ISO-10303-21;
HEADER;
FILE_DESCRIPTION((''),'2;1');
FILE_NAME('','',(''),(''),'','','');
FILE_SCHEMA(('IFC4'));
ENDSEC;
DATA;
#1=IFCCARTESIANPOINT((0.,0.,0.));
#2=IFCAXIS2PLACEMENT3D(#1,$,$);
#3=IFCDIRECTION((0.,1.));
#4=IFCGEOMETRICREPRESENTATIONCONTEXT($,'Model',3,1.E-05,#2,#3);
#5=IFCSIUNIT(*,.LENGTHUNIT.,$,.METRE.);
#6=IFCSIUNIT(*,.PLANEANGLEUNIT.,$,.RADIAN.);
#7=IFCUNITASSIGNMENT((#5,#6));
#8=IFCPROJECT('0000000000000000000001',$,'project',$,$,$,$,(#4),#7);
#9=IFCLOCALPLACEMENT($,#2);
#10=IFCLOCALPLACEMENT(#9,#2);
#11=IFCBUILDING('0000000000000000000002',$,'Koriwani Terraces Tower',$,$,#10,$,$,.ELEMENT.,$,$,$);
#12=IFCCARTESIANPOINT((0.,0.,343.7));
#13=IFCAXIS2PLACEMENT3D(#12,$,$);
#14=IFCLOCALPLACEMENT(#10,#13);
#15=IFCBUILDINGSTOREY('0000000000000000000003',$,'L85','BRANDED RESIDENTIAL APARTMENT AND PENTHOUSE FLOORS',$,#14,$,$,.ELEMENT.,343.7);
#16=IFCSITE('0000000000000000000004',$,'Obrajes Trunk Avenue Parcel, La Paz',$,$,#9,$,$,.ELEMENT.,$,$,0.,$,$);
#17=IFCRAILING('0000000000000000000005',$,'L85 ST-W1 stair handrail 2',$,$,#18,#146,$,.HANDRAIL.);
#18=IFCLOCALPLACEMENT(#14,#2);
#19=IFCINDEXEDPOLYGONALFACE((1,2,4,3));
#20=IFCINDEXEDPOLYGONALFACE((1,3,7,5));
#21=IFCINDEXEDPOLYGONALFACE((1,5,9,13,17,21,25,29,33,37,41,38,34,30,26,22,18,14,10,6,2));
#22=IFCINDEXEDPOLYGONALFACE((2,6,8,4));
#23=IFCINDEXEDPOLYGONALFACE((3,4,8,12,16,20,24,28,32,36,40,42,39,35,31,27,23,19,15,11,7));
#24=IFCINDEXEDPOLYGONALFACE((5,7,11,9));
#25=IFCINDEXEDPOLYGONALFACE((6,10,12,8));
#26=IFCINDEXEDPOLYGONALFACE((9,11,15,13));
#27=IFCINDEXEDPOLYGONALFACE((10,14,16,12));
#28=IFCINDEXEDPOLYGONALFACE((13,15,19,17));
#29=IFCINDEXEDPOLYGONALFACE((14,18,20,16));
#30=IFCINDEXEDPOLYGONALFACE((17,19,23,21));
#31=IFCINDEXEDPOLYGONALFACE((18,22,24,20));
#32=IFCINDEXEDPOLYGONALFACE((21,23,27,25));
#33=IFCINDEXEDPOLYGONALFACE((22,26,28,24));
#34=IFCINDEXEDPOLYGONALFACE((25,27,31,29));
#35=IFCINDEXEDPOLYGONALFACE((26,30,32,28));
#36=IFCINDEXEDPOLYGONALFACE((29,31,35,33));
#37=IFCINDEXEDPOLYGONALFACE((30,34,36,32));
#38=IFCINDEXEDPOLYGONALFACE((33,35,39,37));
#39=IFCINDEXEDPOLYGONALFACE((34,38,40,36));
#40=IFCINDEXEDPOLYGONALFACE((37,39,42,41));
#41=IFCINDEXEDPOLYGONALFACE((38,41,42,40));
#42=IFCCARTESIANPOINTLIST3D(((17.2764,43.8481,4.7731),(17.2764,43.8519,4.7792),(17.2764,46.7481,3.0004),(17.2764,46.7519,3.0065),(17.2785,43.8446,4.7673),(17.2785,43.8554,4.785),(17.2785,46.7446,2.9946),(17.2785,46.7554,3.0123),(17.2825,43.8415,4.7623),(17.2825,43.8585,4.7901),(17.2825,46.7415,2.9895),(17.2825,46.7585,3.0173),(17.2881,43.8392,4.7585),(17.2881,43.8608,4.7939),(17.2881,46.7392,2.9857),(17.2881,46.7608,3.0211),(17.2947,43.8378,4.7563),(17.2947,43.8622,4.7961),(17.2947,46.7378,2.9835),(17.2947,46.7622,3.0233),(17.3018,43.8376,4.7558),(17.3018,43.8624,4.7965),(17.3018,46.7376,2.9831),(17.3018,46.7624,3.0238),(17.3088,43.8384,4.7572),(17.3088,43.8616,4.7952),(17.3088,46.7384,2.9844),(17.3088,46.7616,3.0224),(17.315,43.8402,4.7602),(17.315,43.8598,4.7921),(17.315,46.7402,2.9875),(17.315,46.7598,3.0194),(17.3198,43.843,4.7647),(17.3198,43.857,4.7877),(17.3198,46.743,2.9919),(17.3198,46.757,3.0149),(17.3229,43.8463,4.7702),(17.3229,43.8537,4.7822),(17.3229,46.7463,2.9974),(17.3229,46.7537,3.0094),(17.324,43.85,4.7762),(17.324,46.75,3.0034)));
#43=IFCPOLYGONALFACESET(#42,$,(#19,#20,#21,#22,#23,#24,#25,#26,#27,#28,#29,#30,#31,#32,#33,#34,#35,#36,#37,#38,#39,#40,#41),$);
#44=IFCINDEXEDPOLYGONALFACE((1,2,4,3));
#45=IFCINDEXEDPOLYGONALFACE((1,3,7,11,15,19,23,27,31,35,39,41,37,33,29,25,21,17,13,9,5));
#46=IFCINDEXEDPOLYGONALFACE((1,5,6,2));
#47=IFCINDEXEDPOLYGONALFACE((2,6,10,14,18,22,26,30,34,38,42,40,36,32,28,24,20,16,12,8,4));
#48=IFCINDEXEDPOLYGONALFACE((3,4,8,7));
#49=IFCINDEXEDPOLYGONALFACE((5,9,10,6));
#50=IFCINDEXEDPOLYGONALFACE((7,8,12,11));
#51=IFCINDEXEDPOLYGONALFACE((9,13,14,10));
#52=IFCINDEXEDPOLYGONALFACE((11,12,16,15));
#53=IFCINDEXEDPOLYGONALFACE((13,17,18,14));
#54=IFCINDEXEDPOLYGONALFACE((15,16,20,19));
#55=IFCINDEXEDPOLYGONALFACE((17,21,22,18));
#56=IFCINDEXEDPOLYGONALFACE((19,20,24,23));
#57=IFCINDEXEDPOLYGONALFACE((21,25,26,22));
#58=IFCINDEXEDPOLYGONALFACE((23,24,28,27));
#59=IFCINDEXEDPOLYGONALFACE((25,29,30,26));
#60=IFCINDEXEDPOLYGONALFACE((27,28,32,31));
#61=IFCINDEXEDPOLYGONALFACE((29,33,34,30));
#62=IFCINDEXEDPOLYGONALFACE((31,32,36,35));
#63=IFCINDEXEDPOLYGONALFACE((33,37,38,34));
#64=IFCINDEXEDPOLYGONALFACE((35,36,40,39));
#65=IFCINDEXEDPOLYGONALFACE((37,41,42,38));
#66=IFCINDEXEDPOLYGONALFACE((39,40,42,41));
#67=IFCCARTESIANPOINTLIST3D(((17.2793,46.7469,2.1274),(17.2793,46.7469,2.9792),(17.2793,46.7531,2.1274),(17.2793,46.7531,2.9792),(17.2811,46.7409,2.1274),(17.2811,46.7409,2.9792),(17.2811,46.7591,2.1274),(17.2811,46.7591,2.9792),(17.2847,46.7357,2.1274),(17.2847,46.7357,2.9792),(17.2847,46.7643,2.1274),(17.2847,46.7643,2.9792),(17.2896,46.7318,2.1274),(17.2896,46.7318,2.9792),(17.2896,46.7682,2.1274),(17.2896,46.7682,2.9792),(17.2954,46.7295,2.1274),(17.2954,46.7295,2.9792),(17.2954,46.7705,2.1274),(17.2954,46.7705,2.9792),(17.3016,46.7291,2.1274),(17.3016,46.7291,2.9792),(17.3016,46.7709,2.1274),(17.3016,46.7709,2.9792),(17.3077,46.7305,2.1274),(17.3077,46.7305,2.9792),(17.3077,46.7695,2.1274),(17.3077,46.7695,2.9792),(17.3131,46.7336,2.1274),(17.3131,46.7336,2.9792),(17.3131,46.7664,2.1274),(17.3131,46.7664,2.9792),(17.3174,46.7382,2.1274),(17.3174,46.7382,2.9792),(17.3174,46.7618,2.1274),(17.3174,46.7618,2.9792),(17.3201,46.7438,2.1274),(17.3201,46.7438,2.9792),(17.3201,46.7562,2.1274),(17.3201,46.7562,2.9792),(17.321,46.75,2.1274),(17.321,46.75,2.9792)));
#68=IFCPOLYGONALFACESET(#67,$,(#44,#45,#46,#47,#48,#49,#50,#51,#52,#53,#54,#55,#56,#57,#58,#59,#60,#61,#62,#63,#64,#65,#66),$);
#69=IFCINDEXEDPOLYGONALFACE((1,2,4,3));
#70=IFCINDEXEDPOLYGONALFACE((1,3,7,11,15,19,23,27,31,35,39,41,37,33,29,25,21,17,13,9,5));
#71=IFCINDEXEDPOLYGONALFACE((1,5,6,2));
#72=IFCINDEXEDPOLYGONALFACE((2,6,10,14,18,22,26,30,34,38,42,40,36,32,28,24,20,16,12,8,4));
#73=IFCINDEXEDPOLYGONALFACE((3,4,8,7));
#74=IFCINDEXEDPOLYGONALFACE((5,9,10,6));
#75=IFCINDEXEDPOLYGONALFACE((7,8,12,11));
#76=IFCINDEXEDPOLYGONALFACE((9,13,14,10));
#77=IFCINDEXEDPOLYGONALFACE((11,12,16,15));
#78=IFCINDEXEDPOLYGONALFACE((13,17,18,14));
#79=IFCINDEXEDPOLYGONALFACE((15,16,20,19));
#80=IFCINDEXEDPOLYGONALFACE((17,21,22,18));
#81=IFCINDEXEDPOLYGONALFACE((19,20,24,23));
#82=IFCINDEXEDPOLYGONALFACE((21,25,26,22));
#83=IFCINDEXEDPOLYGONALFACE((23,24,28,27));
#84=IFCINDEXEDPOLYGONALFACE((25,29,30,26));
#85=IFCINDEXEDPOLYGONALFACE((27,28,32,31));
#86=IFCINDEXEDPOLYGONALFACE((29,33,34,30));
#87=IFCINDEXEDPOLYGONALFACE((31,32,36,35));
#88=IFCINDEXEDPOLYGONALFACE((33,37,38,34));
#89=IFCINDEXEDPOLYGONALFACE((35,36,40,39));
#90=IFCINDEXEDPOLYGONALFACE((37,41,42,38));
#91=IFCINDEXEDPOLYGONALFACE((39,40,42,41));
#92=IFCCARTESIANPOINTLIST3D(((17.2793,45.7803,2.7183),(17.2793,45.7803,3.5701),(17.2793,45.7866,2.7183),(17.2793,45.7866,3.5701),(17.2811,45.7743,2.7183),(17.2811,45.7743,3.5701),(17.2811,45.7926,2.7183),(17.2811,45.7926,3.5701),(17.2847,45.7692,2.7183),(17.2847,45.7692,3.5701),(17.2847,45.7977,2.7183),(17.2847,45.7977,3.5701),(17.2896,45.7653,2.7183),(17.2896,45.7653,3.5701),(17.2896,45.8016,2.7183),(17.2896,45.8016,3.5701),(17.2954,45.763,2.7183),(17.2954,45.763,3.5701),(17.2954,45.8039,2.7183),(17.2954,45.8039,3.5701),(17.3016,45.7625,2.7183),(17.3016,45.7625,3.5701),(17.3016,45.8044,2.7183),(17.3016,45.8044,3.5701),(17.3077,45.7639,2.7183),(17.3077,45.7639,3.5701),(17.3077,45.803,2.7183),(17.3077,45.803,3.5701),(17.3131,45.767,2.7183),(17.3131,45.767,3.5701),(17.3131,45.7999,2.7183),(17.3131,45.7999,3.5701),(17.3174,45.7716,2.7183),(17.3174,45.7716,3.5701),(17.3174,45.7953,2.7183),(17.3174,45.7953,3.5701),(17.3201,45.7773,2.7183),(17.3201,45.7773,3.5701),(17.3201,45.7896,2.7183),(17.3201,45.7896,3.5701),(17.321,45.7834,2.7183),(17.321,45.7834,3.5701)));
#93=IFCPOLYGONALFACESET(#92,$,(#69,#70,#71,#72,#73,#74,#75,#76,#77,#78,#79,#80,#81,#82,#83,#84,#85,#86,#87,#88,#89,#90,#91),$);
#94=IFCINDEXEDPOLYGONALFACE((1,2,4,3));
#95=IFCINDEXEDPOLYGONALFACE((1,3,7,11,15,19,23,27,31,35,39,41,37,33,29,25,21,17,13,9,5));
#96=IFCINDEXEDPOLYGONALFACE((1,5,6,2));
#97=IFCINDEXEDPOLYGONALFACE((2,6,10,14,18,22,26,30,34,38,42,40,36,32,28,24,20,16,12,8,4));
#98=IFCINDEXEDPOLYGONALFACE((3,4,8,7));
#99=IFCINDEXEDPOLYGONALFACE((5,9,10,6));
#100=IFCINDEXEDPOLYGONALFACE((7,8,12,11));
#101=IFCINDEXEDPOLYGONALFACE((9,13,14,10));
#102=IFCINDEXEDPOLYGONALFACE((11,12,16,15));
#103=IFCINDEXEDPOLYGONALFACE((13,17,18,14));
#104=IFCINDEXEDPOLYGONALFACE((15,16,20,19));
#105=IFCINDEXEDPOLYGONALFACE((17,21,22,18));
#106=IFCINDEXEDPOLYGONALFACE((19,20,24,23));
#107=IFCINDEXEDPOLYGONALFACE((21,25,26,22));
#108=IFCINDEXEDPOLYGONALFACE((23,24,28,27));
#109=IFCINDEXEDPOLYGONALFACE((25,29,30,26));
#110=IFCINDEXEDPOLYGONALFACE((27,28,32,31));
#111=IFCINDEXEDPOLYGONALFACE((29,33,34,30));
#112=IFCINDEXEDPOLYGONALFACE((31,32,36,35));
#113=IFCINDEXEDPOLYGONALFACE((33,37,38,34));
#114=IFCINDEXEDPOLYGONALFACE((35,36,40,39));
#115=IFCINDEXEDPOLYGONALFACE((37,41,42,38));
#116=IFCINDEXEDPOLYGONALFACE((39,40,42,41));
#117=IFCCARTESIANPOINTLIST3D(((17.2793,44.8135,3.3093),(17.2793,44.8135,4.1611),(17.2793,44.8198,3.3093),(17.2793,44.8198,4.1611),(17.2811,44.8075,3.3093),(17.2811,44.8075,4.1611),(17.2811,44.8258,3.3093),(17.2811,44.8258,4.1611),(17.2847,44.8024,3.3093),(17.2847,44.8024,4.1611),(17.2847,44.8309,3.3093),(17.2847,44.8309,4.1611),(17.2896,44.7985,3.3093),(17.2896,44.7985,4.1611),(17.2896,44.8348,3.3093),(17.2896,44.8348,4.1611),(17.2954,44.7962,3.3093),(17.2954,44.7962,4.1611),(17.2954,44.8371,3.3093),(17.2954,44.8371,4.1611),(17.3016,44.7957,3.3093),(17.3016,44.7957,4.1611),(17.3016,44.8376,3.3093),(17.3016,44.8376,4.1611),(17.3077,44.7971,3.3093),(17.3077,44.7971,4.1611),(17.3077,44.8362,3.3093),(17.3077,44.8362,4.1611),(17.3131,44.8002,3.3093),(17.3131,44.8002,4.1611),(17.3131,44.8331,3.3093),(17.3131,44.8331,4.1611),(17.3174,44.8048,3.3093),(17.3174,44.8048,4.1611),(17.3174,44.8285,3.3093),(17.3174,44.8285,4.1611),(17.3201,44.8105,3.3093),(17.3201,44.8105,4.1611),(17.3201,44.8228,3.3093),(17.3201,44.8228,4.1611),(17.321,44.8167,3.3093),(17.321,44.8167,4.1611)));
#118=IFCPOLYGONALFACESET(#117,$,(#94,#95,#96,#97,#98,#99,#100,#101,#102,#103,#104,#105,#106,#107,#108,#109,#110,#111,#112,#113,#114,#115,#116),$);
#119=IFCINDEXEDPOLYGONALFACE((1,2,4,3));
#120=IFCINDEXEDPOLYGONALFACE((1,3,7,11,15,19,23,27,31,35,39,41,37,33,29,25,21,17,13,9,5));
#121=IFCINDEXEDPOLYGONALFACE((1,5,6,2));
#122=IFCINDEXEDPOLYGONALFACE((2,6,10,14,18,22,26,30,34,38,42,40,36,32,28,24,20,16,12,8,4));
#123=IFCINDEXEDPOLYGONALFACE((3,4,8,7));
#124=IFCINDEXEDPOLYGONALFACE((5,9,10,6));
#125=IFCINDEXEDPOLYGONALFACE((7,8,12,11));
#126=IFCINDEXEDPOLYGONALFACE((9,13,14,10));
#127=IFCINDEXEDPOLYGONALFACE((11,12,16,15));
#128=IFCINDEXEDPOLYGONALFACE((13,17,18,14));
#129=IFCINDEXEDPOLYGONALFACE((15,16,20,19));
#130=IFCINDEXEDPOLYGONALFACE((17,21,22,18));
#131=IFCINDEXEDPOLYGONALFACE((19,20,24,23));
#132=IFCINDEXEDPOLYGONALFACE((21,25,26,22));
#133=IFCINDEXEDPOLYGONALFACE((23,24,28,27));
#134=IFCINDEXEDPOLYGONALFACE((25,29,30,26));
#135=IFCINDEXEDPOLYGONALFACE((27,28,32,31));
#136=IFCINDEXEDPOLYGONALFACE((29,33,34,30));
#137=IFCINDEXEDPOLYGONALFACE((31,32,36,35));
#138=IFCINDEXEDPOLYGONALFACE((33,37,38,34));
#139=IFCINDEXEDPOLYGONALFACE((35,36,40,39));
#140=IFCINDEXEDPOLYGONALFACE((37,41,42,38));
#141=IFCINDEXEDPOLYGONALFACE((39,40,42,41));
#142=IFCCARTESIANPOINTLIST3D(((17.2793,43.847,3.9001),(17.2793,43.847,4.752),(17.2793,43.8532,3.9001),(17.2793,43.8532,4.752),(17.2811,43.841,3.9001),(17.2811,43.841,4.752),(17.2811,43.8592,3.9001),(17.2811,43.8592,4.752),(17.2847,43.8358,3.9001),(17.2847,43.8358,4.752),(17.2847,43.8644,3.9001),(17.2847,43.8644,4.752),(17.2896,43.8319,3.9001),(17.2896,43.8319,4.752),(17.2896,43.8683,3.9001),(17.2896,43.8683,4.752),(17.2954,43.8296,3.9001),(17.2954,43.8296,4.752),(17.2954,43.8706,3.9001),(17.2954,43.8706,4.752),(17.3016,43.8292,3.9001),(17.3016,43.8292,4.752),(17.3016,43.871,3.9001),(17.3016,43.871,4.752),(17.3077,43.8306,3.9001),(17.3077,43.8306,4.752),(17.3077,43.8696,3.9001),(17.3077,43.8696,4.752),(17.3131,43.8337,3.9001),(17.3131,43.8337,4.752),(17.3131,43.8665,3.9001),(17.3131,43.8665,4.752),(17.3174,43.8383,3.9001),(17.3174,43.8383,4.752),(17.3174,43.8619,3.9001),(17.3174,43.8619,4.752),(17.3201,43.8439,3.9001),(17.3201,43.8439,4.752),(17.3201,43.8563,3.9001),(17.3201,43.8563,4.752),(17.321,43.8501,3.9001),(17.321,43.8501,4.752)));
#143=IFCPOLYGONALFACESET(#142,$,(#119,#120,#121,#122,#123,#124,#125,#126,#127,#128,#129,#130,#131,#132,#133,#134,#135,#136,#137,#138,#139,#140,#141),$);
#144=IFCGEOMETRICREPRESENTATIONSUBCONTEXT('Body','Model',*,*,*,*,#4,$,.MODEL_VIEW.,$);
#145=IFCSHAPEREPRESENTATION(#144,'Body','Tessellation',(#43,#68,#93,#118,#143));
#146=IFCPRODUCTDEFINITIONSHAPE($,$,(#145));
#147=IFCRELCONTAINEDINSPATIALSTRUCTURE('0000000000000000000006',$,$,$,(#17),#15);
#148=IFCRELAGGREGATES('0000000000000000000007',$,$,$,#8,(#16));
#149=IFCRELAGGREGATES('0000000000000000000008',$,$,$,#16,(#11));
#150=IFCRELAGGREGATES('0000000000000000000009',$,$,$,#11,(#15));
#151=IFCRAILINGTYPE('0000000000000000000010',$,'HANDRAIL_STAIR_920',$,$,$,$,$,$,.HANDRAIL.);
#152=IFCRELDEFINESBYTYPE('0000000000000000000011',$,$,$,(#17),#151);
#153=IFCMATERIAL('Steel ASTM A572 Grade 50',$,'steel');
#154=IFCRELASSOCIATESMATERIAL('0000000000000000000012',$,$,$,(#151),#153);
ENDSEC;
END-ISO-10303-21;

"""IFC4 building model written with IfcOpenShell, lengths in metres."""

from ifc_helpers import new_model, si_unit, direction, frame, origin, origin_2d, place, context, subcontext, project, spatial, circle, extrude, material, type_object, element, save


model = new_model("IFC4")

# Units and contexts
model_context = context("Model", 3, precision=1e-05, world=origin(), true_north=direction((0.0, 1.0)))
body_context = subcontext(model_context, "Body", "Model", "MODEL_VIEW")
ifc_project = project(units=[si_unit("LENGTHUNIT", "METRE"), si_unit("PLANEANGLEUNIT", "RADIAN")], contexts=[model_context])

# Site, building, storey
site_placement = place(None, origin())
site = spatial("IfcSite", under=ifc_project, at=site_placement, Name="Obrajes Trunk Avenue Parcel, La Paz", CompositionType="ELEMENT", RefElevation=0.0)
building_placement = place(site_placement, origin())
building = spatial("IfcBuilding", under=site, at=building_placement, Name="Koriwani Terraces Tower", CompositionType="ELEMENT")
storey_placement = place(building_placement, frame((0.0, 0.0, 343.7)))
storey = spatial("IfcBuildingStorey", under=building, at=storey_placement, Name="L85", Description="BRANDED RESIDENTIAL APARTMENT AND PENTHOUSE FLOORS", CompositionType="ELEMENT", Elevation=343.7)

# Shared definitions
ifc_material_1 = material(Name="Steel ASTM A572 Grade 50", Category="steel")

# Railing
railing_type_1 = type_object("IfcRailingType", Name="HANDRAIL_STAIR_920", PredefinedType="HANDRAIL", material=ifc_material_1)
railing_1_placement = place(storey_placement, frame((17.3, 46.75, 2.1274)))
element("IfcRailing", 1, at=railing_1_placement, inside=storey, type_object=railing_type_1, Name="L85 ST-W1 stair handrail 2", PredefinedType="HANDRAIL", context=body_context, shape_type="SweptSolid", body=[
    extrude(circle(Radius=0.0239, at=origin_2d()), frame((0.0, 0.0, 0.876), z_axis=(0.0, -0.853211, 0.521566), x_axis=(1.0, 0.0, 0.0)), (0.0, 0.0, 1.0), 3.3989),
    extrude(circle(Radius=0.021, at=origin_2d()), origin(), (0.0, 0.0, 1.0), 0.8518),
    extrude(circle(Radius=0.021, at=origin_2d()), frame((0.0, -0.9666, 0.5908)), (0.0, 0.0, 1.0), 0.8518),
    extrude(circle(Radius=0.021, at=origin_2d()), frame((0.0, -1.9333, 1.1819)), (0.0, 0.0, 1.0), 0.8518),
    extrude(circle(Radius=0.021, at=origin_2d()), frame((0.0, -2.8999, 1.7727)), (0.0, 0.0, 1.0), 0.8518),
])

save(model, "model.ifc")
